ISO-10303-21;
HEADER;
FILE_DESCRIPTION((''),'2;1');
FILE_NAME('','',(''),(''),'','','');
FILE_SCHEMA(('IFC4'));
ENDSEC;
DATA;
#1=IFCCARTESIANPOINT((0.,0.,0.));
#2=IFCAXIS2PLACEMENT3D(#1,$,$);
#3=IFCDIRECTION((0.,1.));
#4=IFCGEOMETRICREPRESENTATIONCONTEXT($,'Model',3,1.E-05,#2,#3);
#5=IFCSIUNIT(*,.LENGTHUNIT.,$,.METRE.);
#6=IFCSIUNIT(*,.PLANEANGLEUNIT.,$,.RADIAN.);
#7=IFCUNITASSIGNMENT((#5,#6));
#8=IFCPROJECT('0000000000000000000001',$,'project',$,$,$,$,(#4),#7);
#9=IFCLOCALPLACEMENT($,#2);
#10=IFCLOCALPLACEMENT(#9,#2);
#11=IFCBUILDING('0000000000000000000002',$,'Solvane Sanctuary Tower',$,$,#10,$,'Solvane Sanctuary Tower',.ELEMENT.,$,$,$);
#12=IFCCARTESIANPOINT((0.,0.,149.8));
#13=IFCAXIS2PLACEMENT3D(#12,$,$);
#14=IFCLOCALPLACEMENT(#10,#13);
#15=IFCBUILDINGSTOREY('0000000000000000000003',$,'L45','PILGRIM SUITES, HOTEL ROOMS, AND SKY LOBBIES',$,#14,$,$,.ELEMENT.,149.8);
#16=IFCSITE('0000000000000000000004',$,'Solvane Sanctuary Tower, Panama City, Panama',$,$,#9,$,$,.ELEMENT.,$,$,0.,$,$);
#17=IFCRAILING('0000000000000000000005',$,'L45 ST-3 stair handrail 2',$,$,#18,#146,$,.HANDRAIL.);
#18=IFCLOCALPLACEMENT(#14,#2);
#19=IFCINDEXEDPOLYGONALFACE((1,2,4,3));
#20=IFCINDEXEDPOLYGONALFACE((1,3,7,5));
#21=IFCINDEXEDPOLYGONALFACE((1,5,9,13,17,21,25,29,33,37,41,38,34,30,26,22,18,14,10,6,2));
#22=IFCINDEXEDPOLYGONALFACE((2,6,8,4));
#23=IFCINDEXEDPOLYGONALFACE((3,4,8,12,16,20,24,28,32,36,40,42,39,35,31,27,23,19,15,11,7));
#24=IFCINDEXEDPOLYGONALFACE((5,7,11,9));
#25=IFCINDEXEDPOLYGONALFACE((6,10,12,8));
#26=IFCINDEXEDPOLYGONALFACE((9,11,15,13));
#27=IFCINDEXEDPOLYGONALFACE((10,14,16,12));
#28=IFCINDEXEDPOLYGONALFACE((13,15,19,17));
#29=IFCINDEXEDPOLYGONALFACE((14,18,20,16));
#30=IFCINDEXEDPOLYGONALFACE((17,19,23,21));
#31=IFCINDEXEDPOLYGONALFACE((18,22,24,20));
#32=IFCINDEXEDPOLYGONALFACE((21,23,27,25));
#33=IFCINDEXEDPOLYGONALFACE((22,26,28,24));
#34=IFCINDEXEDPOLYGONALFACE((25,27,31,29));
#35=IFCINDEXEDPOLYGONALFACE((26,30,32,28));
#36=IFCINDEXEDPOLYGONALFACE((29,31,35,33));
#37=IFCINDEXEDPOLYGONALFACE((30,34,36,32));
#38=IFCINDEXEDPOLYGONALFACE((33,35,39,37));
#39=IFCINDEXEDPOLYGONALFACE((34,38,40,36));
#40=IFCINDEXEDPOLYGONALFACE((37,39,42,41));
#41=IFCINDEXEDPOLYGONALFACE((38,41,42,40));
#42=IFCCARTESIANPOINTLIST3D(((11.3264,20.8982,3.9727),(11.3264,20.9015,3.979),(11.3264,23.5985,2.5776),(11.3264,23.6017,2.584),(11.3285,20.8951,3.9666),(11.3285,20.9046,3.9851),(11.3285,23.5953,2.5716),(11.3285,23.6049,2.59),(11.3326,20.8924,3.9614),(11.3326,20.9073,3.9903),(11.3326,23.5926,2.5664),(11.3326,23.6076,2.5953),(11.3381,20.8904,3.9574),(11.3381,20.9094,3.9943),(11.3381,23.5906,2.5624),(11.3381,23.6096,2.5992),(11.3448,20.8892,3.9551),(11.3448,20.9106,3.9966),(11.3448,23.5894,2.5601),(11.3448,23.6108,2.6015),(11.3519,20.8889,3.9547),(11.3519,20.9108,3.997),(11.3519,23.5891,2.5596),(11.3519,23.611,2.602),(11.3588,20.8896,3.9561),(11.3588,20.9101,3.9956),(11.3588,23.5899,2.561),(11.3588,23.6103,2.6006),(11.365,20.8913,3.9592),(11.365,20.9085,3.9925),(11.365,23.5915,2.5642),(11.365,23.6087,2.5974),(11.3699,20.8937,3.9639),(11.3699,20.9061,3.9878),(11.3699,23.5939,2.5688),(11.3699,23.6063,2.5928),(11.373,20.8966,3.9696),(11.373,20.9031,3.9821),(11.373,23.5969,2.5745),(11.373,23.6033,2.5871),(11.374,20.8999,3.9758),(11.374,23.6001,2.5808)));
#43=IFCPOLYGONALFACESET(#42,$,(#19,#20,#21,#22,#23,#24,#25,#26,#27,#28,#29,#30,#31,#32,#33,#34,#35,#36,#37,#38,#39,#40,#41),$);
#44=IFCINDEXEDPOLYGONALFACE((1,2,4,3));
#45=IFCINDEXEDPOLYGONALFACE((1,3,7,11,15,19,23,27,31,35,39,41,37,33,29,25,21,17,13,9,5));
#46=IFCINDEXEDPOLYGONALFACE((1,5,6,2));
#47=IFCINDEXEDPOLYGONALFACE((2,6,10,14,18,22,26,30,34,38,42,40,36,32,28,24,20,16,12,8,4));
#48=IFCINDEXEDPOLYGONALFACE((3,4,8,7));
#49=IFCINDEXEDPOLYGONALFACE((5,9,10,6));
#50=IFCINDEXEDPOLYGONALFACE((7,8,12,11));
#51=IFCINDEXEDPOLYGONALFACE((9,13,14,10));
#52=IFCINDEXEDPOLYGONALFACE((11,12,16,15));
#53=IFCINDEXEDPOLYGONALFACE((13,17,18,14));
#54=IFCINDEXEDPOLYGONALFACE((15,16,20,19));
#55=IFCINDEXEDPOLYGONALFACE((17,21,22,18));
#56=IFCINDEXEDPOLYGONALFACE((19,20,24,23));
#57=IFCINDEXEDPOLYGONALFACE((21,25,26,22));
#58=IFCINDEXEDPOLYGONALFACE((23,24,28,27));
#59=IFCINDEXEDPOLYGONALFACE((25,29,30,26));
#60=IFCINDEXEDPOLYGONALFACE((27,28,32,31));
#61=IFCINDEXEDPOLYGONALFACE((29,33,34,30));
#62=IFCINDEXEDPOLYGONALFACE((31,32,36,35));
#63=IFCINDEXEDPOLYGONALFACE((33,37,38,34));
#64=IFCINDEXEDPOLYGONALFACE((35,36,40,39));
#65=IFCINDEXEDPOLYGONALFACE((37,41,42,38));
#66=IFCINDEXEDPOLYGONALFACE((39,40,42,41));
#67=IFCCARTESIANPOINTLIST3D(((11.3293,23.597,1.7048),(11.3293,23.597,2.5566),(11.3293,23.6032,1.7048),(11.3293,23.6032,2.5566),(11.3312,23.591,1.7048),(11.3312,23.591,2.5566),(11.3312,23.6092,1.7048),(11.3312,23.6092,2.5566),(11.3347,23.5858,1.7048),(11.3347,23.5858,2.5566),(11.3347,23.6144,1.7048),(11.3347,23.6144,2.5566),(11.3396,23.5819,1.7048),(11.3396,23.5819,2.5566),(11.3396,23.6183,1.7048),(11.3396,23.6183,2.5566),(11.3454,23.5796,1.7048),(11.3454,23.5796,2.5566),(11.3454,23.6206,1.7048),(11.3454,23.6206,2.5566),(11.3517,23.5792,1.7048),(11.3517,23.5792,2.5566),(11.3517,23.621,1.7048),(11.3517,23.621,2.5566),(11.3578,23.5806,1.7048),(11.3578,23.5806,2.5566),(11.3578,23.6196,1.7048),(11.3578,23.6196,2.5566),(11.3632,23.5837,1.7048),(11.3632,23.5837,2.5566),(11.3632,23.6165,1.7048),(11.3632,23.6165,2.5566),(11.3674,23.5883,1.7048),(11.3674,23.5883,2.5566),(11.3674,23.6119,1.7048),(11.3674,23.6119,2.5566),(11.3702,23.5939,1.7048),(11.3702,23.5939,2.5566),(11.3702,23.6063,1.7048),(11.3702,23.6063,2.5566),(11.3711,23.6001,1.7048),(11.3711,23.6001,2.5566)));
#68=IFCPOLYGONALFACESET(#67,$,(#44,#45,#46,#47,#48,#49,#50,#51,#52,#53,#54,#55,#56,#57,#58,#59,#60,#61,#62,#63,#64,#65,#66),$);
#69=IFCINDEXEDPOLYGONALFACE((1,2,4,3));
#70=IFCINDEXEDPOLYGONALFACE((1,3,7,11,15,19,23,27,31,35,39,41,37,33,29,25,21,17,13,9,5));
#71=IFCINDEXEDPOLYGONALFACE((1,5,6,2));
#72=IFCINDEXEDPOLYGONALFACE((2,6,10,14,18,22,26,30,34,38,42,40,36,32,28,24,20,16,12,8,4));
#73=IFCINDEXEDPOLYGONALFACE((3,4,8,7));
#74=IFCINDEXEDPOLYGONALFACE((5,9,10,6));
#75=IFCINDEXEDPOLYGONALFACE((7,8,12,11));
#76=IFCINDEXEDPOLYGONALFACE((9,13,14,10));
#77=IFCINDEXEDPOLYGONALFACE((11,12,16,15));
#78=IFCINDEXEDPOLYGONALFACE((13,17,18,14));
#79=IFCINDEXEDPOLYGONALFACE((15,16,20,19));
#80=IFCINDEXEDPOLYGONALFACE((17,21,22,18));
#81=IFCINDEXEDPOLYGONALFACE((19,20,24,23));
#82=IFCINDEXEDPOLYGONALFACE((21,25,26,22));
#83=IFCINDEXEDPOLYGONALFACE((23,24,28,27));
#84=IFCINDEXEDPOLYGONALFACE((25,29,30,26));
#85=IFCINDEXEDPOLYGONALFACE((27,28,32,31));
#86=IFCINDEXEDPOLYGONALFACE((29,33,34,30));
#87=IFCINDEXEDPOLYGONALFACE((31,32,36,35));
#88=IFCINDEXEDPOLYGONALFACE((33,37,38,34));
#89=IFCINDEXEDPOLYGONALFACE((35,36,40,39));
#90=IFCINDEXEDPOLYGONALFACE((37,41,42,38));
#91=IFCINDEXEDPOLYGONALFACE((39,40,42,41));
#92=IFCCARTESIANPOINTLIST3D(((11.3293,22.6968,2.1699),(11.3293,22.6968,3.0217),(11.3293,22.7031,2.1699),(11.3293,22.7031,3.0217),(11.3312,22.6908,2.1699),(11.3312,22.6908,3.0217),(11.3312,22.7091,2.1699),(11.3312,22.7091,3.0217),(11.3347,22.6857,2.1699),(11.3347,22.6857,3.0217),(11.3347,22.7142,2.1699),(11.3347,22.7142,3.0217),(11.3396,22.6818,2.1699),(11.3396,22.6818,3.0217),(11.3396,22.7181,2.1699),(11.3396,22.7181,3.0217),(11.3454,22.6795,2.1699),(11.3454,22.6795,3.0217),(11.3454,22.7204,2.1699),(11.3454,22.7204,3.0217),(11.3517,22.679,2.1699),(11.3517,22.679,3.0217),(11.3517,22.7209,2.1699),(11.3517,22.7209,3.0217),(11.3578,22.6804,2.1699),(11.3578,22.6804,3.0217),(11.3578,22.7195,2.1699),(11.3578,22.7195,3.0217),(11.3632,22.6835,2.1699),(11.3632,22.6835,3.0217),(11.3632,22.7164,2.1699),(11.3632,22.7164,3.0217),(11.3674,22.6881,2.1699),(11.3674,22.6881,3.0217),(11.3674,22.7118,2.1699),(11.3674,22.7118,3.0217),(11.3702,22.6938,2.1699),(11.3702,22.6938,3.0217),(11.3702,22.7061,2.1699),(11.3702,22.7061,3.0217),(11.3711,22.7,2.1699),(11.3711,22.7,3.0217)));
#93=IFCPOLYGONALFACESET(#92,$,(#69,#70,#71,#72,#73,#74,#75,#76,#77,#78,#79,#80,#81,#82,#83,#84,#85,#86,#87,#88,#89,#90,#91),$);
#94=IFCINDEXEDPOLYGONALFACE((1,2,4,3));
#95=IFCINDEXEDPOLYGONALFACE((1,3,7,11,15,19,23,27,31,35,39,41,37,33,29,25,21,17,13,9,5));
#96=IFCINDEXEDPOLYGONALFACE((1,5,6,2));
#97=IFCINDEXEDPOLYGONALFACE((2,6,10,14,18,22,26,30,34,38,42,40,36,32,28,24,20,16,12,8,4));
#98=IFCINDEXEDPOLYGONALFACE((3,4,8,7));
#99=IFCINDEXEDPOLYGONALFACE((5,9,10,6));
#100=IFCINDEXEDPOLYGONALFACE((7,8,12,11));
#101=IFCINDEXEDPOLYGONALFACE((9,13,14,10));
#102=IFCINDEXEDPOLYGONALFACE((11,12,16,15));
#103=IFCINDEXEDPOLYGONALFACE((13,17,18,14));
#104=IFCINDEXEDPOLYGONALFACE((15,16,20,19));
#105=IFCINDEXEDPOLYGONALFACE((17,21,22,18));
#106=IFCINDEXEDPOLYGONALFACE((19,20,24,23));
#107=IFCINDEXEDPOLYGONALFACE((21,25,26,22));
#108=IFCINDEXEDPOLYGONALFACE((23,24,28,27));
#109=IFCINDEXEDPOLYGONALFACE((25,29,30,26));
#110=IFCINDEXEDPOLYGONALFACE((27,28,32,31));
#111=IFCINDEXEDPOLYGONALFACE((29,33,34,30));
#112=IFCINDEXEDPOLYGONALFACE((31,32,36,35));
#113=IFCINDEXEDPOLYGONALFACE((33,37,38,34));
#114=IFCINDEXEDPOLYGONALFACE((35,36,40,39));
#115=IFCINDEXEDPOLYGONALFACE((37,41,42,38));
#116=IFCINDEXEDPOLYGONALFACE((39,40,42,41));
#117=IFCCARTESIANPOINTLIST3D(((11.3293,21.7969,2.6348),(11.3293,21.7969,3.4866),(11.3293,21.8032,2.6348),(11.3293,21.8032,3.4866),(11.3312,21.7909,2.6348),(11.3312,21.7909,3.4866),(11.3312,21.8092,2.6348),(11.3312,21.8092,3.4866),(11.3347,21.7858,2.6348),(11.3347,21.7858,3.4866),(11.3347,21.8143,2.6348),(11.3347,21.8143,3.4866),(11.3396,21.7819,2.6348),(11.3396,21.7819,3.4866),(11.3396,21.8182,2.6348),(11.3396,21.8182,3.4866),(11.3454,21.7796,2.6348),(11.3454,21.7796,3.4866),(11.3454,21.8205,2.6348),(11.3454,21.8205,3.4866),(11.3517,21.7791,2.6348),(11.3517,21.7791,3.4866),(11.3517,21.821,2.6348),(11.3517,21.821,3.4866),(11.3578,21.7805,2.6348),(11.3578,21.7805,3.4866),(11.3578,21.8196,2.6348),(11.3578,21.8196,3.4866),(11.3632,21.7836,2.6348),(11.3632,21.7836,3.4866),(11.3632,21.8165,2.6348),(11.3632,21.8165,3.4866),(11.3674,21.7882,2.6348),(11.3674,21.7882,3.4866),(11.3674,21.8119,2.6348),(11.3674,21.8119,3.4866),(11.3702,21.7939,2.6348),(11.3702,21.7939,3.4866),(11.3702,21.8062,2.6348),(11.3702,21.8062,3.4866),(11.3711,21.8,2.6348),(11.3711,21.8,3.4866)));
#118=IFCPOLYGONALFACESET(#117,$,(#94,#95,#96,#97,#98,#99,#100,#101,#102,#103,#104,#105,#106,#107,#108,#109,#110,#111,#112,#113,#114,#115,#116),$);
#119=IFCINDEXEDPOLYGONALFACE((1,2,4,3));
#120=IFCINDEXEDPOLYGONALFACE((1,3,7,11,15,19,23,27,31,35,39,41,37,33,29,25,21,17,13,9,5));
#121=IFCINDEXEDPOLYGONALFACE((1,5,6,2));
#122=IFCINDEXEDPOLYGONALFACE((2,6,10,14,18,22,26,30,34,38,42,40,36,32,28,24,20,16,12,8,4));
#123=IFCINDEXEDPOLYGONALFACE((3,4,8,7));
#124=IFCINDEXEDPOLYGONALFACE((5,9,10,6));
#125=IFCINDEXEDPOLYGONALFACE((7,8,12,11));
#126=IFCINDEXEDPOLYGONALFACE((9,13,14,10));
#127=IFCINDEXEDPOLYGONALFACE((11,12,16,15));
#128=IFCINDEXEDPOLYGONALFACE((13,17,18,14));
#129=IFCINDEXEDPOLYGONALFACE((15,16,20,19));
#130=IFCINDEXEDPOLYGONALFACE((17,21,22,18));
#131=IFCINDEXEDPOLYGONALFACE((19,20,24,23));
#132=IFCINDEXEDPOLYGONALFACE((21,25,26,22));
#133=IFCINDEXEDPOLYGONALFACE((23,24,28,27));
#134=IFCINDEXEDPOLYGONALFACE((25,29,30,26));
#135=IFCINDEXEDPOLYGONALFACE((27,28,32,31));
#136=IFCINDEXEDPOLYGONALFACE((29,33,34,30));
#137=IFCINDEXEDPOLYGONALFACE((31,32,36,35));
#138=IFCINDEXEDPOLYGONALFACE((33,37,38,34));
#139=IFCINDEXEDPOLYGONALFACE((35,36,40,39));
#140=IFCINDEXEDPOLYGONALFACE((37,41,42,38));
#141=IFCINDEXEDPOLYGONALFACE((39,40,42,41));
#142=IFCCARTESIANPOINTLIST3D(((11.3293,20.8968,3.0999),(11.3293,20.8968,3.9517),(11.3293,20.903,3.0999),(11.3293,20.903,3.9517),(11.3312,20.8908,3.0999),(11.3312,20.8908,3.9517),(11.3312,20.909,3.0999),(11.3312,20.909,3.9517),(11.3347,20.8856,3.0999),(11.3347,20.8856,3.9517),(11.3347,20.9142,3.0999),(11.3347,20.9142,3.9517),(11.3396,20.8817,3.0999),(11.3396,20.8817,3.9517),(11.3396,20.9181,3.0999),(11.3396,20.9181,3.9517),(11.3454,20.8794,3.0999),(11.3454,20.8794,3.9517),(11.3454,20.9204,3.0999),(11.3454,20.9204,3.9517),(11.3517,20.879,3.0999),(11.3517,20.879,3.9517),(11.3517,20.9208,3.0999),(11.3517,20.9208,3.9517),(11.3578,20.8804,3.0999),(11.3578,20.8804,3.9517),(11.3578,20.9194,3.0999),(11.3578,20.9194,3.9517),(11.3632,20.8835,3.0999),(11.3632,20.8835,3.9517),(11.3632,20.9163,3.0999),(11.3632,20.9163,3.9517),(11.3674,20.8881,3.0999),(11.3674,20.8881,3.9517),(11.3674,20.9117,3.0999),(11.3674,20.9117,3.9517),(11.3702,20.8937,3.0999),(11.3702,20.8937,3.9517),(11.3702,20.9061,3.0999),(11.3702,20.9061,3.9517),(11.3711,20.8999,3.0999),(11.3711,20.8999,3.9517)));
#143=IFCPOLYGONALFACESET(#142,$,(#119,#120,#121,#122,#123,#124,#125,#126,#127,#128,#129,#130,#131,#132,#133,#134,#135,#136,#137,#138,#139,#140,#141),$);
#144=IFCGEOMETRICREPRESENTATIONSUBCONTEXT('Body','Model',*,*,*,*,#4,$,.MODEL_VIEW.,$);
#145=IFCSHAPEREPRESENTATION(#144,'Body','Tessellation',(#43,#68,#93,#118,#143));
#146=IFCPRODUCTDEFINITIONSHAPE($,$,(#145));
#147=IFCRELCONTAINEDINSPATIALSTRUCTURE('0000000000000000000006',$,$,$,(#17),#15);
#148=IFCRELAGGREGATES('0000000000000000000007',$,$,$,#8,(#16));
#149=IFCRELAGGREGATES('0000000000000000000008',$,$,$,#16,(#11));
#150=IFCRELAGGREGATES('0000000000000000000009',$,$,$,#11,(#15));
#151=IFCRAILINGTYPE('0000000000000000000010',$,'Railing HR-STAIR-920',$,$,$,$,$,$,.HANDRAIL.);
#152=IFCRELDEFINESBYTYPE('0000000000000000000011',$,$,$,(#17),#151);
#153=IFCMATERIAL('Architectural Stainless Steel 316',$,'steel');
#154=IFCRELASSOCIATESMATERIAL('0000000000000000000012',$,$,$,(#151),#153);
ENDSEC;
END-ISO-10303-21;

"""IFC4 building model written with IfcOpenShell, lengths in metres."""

from ifc_helpers import new_model, si_unit, direction, frame, origin, origin_2d, place, context, subcontext, project, spatial, circle, extrude, material, type_object, element, save


model = new_model("IFC4")

# Units and contexts
model_context = context("Model", 3, precision=1e-05, world=origin(), true_north=direction((0.0, 1.0)))
body_context = subcontext(model_context, "Body", "Model", "MODEL_VIEW")
ifc_project = project(units=[si_unit("LENGTHUNIT", "METRE"), si_unit("PLANEANGLEUNIT", "RADIAN")], contexts=[model_context])

# Site, building, storey
site_placement = place(None, origin())
site = spatial("IfcSite", under=ifc_project, at=site_placement, Name="Solvane Sanctuary Tower, Panama City, Panama", CompositionType="ELEMENT", RefElevation=0.0)
building_placement = place(site_placement, origin())
building = spatial("IfcBuilding", under=site, at=building_placement, Name="Solvane Sanctuary Tower", LongName="Solvane Sanctuary Tower", CompositionType="ELEMENT")
storey_placement = place(building_placement, frame((0.0, 0.0, 149.8)))
storey = spatial("IfcBuildingStorey", under=building, at=storey_placement, Name="L45", Description="PILGRIM SUITES, HOTEL ROOMS, AND SKY LOBBIES", CompositionType="ELEMENT", Elevation=149.8)

# Shared definitions
ifc_material_1 = material(Name="Architectural Stainless Steel 316", Category="steel")

# Railing
railing_type_1 = type_object("IfcRailingType", Name="Railing HR-STAIR-920", PredefinedType="HANDRAIL", material=ifc_material_1)
railing_1_placement = place(storey_placement, frame((11.3501, 23.6001, 1.7048)))
element("IfcRailing", 1, at=railing_1_placement, inside=storey, type_object=railing_type_1, Name="L45 ST-3 stair handrail 2", PredefinedType="HANDRAIL", context=body_context, shape_type="SweptSolid", body=[
    extrude(circle(Radius=0.0239, at=origin_2d()), frame((0.0, 0.0, 0.876), z_axis=(0.0, -0.888437, 0.458999), x_axis=(1.0, 0.0, 0.0)), (0.0, 0.0, 1.0), 3.0393),
    extrude(circle(Radius=0.021, at=origin_2d()), origin(), (0.0, 0.0, 1.0), 0.8518),
    extrude(circle(Radius=0.021, at=origin_2d()), frame((0.0, -0.9001, 0.4651)), (0.0, 0.0, 1.0), 0.8518),
    extrude(circle(Radius=0.021, at=origin_2d()), frame((0.0, -1.8, 0.9299)), (0.0, 0.0, 1.0), 0.8518),
    extrude(circle(Radius=0.021, at=origin_2d()), frame((0.0, -2.7002, 1.395)), (0.0, 0.0, 1.0), 0.8518),
])

save(model, "model.ifc")
